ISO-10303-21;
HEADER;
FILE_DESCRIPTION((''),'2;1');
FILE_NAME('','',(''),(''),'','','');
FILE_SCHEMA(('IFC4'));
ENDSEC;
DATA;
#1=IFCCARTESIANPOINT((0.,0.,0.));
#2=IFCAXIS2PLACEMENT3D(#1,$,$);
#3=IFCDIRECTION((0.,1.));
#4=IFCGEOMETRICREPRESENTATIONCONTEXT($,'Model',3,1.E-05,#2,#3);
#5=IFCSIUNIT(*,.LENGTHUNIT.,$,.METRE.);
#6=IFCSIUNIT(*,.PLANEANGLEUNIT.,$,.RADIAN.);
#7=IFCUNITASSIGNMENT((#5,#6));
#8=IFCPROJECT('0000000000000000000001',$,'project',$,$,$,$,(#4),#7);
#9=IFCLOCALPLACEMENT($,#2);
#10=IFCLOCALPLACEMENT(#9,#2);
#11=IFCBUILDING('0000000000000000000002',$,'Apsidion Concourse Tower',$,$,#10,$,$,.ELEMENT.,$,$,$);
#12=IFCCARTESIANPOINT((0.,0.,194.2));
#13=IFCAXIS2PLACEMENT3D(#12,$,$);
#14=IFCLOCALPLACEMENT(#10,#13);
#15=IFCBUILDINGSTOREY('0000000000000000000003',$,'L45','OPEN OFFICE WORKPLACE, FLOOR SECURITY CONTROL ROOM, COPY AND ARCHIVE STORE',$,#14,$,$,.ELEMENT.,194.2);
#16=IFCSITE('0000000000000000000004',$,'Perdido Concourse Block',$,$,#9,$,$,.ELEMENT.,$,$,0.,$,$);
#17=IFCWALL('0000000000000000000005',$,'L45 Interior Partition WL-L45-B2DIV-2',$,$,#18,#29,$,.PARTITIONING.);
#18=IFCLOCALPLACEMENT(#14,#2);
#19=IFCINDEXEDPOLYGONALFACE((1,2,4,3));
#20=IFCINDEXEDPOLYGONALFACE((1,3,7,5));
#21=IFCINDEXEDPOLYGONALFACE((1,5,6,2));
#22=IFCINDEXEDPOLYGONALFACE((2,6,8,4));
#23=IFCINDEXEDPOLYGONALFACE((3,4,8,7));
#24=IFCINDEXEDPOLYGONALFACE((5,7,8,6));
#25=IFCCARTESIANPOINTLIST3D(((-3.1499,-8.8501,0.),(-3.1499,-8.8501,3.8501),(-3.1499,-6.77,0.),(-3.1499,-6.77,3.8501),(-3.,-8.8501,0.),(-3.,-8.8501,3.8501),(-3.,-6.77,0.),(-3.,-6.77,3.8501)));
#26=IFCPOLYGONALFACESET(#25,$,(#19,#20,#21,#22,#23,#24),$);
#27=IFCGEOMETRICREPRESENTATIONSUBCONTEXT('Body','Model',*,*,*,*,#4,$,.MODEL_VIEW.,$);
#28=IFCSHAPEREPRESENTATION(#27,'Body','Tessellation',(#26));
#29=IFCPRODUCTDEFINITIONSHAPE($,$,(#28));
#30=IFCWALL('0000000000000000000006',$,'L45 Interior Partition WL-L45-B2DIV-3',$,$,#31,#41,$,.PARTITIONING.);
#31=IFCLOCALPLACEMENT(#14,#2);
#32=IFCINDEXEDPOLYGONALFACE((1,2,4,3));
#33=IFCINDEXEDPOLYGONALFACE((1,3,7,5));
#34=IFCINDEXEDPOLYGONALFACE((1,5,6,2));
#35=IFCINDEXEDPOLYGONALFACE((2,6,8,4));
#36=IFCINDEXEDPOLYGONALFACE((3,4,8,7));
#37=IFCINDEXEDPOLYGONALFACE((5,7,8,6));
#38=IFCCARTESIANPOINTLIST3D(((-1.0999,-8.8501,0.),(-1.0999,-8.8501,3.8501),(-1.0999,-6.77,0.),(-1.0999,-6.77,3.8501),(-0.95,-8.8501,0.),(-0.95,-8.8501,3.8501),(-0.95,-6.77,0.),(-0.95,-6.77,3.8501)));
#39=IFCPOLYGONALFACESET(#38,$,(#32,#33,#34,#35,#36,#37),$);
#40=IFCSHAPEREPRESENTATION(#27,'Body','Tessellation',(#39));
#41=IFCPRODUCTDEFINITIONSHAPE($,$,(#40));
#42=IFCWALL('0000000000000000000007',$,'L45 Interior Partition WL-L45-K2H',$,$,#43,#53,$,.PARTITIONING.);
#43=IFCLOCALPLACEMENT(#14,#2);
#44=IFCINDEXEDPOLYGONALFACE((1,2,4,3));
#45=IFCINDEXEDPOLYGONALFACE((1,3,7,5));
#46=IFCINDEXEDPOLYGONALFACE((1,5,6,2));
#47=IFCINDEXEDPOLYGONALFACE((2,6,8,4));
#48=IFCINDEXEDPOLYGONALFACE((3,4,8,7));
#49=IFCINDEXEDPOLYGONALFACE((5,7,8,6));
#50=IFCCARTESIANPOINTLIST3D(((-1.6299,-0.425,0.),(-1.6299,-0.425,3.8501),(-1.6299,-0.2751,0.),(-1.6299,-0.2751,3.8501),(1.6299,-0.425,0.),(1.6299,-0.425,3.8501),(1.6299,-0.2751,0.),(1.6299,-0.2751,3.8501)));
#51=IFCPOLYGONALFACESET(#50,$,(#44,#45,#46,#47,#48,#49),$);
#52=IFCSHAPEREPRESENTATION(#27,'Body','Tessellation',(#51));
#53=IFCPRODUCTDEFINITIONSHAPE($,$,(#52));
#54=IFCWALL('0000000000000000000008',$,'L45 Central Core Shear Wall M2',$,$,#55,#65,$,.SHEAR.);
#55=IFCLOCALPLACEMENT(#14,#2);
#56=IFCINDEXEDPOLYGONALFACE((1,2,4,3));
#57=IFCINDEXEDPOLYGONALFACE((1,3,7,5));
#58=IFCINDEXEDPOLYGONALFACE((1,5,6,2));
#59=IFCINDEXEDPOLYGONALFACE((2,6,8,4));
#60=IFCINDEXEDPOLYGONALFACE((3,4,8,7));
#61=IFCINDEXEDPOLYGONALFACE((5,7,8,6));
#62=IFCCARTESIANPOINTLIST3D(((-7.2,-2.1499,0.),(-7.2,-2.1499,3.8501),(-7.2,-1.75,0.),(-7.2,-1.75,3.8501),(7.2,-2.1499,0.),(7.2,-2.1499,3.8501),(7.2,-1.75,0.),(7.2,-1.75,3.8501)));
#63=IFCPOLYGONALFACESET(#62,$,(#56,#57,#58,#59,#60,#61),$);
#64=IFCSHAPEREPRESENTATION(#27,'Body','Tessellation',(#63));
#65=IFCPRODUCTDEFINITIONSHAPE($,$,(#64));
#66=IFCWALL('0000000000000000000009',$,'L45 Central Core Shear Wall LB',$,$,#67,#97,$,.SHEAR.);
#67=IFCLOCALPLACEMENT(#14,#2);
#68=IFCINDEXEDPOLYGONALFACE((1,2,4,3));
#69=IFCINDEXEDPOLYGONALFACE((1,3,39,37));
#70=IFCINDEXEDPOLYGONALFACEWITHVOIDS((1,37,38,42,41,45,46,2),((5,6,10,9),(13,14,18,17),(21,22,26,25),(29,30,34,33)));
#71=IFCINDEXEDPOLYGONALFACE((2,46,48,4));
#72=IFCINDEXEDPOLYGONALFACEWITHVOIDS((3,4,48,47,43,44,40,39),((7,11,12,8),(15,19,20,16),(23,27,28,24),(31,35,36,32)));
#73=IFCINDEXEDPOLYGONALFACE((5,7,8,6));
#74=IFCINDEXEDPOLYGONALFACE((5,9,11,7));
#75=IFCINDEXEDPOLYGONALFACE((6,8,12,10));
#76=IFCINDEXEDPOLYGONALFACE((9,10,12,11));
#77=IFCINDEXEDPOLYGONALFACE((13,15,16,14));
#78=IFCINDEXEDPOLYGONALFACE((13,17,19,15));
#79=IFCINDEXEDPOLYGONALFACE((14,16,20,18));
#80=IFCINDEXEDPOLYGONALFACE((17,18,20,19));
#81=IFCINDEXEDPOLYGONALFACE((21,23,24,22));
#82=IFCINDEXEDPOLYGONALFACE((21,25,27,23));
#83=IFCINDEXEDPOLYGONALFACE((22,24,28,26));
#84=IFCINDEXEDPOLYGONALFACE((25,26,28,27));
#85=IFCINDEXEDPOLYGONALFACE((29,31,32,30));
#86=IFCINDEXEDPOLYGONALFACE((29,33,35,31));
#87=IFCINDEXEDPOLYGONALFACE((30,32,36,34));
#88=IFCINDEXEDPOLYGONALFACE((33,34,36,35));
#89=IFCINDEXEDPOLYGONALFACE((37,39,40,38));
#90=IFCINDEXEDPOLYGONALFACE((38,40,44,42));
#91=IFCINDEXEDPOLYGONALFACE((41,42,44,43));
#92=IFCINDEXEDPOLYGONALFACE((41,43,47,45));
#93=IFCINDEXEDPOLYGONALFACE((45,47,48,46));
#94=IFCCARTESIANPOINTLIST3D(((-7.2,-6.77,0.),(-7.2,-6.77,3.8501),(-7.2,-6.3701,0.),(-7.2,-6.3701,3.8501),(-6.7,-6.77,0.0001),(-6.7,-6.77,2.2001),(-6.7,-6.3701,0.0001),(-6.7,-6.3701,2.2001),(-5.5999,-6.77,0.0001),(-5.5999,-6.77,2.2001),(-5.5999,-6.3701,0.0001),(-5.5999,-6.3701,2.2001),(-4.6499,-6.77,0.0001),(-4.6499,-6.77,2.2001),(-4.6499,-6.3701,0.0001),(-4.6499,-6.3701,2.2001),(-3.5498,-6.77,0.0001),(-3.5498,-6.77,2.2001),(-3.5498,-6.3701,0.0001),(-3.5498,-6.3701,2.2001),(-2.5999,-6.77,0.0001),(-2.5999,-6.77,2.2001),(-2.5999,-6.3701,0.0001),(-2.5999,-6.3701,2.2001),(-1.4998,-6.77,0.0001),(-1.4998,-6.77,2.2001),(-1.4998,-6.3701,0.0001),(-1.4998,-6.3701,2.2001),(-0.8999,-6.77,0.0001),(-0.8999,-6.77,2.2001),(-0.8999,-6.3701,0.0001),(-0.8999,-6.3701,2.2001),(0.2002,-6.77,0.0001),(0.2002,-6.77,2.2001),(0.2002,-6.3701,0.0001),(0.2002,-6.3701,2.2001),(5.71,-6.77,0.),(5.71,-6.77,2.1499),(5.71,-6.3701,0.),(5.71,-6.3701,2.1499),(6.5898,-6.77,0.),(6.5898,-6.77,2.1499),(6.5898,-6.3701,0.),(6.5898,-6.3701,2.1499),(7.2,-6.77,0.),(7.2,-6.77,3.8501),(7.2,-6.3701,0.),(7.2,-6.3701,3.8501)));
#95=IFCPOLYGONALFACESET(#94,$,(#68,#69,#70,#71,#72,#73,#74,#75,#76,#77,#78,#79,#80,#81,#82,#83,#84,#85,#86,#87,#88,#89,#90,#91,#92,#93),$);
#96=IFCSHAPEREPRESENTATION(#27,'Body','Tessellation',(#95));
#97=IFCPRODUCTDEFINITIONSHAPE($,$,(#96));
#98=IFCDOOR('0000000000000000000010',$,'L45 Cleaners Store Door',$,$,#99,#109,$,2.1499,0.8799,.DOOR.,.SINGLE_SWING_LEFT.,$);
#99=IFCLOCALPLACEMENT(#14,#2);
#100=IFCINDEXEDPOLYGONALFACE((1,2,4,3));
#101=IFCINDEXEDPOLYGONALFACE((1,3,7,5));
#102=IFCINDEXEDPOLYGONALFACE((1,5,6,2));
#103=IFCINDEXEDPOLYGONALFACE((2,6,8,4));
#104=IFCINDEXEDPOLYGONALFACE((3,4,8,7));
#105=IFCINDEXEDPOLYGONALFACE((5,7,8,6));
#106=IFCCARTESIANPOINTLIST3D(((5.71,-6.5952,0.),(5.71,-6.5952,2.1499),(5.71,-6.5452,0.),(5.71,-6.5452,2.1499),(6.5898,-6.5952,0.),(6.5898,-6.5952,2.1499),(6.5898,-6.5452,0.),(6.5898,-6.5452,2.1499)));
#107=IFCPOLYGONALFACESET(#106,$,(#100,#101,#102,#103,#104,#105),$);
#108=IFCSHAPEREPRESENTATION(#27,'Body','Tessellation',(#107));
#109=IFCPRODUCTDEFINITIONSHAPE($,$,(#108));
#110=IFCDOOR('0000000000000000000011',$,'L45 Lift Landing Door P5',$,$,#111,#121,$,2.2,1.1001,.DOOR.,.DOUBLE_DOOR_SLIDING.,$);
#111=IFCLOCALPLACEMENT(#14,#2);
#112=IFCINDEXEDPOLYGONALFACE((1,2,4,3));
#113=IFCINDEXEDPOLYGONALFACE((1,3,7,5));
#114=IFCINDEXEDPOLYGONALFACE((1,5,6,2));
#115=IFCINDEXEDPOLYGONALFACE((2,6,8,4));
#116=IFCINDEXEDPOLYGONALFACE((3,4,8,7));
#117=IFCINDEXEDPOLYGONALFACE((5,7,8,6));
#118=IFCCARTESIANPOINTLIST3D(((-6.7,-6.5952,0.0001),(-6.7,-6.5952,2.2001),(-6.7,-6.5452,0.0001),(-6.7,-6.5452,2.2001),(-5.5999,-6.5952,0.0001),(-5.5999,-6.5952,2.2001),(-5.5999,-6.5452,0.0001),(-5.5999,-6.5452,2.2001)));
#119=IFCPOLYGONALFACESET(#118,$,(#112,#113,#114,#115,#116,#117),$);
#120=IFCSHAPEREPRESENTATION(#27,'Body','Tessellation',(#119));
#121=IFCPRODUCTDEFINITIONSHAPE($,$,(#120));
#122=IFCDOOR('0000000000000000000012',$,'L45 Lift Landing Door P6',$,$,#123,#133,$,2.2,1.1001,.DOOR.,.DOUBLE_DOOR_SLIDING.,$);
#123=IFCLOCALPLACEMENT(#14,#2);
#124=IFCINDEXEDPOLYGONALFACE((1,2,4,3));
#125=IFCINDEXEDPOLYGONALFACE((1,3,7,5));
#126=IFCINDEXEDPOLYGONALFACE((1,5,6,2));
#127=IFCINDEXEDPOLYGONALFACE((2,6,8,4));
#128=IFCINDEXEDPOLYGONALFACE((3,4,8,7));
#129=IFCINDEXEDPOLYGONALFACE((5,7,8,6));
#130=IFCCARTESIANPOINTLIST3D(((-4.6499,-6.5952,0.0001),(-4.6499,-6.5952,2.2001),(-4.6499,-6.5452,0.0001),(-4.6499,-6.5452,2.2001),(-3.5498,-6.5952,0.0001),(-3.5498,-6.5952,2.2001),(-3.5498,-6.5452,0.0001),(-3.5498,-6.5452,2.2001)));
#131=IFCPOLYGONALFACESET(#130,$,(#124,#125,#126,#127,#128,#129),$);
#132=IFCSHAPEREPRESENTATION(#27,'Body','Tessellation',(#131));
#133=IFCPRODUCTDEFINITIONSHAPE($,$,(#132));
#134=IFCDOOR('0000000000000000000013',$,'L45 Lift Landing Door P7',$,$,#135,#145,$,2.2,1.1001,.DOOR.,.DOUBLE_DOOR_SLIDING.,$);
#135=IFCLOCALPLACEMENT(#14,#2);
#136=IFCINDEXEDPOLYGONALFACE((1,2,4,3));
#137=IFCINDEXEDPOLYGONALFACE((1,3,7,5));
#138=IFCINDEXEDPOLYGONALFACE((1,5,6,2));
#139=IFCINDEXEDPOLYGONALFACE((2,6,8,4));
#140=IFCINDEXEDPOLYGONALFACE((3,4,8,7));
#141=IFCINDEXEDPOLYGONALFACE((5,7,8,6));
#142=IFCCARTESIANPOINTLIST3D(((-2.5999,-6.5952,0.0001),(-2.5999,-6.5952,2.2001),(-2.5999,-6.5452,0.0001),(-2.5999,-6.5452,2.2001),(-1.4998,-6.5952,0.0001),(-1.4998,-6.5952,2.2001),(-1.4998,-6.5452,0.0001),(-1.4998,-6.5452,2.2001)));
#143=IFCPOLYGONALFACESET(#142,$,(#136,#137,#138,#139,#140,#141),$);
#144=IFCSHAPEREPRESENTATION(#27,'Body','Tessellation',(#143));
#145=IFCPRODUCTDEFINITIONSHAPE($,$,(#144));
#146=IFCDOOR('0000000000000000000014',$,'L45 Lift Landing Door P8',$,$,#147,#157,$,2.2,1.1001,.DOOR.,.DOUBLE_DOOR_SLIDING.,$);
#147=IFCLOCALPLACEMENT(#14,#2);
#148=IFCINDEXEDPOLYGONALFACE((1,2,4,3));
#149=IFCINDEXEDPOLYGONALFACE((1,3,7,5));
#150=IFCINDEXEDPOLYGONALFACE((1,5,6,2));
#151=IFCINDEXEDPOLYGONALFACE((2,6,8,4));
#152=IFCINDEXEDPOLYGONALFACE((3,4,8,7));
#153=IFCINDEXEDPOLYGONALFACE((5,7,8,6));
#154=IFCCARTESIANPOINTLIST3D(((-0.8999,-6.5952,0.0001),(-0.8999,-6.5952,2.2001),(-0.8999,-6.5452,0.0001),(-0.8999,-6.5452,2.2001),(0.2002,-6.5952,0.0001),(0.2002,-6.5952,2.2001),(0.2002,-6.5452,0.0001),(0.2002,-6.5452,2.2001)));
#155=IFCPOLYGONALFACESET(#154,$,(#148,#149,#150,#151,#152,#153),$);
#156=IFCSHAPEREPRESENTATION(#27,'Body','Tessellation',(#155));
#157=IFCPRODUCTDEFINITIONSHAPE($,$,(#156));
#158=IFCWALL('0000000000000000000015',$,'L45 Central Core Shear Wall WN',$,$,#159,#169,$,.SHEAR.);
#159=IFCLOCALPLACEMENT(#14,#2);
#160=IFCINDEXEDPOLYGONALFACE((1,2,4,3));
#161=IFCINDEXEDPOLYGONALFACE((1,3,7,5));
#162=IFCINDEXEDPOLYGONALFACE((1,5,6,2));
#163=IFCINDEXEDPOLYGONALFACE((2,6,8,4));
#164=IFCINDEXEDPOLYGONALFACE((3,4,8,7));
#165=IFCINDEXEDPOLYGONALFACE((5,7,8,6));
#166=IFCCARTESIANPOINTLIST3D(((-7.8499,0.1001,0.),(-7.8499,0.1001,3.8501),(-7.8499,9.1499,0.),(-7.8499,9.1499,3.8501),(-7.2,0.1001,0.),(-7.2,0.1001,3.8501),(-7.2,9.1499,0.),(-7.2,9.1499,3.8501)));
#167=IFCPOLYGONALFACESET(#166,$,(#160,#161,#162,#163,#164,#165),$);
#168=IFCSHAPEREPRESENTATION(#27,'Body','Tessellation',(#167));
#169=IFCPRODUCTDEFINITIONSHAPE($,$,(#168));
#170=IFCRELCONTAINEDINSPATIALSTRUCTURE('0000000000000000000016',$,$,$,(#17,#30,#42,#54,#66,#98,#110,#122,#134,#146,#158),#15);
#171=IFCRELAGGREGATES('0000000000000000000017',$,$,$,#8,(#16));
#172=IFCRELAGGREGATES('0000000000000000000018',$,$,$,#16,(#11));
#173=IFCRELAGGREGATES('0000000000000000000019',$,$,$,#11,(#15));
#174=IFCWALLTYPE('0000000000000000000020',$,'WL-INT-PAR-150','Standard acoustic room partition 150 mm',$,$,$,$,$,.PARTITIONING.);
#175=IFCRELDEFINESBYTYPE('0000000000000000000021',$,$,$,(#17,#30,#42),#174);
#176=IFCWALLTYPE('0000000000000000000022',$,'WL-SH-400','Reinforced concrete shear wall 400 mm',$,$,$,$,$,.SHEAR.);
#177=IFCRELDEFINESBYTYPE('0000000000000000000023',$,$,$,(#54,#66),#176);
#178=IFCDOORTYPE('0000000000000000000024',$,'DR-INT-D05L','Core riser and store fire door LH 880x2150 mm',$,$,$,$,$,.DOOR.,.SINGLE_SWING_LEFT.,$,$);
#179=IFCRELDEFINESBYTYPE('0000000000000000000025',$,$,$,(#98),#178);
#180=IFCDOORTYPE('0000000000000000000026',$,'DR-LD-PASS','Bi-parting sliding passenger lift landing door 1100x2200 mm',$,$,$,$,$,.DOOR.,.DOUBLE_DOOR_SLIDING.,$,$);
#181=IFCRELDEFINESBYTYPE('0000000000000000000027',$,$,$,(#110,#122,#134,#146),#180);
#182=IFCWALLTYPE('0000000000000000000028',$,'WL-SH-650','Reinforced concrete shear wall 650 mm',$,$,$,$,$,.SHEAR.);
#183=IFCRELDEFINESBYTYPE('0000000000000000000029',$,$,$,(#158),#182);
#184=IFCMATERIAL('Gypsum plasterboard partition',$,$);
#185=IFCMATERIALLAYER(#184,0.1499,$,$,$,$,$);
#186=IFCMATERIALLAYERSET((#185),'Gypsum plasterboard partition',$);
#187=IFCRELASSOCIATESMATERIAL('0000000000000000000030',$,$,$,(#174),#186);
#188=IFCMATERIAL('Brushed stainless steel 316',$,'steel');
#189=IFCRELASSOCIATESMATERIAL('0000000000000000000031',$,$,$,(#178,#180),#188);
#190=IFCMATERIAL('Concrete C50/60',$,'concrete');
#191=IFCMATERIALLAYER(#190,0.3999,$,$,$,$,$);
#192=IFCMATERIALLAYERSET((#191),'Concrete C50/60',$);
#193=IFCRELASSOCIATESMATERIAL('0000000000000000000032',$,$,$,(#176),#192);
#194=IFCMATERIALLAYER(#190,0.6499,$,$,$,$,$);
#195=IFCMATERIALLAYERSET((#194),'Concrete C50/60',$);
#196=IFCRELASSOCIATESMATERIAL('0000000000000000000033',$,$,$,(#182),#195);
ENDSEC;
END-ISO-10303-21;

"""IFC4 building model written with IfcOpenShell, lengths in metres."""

from ifc_helpers import new_model, si_unit, direction, frame, frame_2d, origin, place, context, subcontext, project, spatial, rectangle, extrude, material, layer, layer_set, type_object, element, fill, save


model = new_model("IFC4")

# Units and contexts
model_context = context("Model", 3, precision=1e-05, world=origin(), true_north=direction((0.0, 1.0)))
body_context = subcontext(model_context, "Body", "Model", "MODEL_VIEW")
ifc_project = project(units=[si_unit("LENGTHUNIT", "METRE"), si_unit("PLANEANGLEUNIT", "RADIAN")], contexts=[model_context])

# Site, building, storey
site_placement = place(None, origin())
site = spatial("IfcSite", under=ifc_project, at=site_placement, Name="Perdido Concourse Block", CompositionType="ELEMENT", RefElevation=0.0)
building_placement = place(site_placement, origin())
building = spatial("IfcBuilding", under=site, at=building_placement, Name="Apsidion Concourse Tower", CompositionType="ELEMENT")
storey_placement = place(building_placement, frame((0.0, 0.0, 194.2)))
storey = spatial("IfcBuildingStorey", under=building, at=storey_placement, Name="L45", Description="OPEN OFFICE WORKPLACE, FLOOR SECURITY CONTROL ROOM, COPY AND ARCHIVE STORE", CompositionType="ELEMENT", Elevation=194.2)

# Shared definitions
ifc_material_1 = material(Name="Concrete C50/60", Category="concrete")

# Walls
ifc_material_2 = material(Name="Gypsum plasterboard partition")
ifc_layer_1 = layer(ifc_material_2, 0.1499)
ifc_layer_set_1 = layer_set([ifc_layer_1], Name="Gypsum plasterboard partition")
wall_type_1 = type_object("IfcWallType", Name="WL-INT-PAR-150", Description="Standard acoustic room partition 150 mm", PredefinedType="PARTITIONING", material=ifc_layer_set_1)
for number, where, z_axis, x_axis, name in (
    (1, (-3.075, -8.8501, 0.0), (0.0, 0.0, 1.0), (0.0, 1.0, 0.0), "L45 Interior Partition WL-L45-B2DIV-2"),
    (2, (-1.0249, -8.8501, 0.0), (0.0, 0.0, 1.0), (0.0, 1.0, 0.0), "L45 Interior Partition WL-L45-B2DIV-3"),
):
    element("IfcWall", number, at=place(storey_placement, frame(where, z_axis=z_axis, x_axis=x_axis)), inside=storey, type_object=wall_type_1, Name=name, PredefinedType="PARTITIONING", context=body_context, shape_type="SweptSolid", body=[
        extrude(rectangle(XDim=2.0801, YDim=0.1499, at=frame_2d((1.04, 0.0))), origin(), (0.0, 0.0, 1.0), 3.8501),
    ])
wall_1_placement = place(storey_placement, frame((-1.6299, -0.3501, 0.0), z_axis=(0.0, 0.0, 1.0), x_axis=(1.0, 0.0, 0.0)))
element("IfcWall", 3, at=wall_1_placement, inside=storey, type_object=wall_type_1, Name="L45 Interior Partition WL-L45-K2H", PredefinedType="PARTITIONING", context=body_context, shape_type="SweptSolid", body=[
    extrude(rectangle(XDim=3.2598, YDim=0.1499, at=frame_2d((1.6299, 0.0))), origin(), (0.0, 0.0, 1.0), 3.8501),
])

# Shared definitions
ifc_material_3 = material(Name="Brushed stainless steel 316", Category="steel")
door_type_1 = type_object("IfcDoorType", Name="DR-INT-D05L", Description="Core riser and store fire door LH 880x2150 mm", OperationType="SINGLE_SWING_LEFT", PredefinedType="DOOR", material=ifc_material_3)

# Wall
ifc_layer_2 = layer(ifc_material_1, 0.3999)
ifc_layer_set_2 = layer_set([ifc_layer_2], Name="Concrete C50/60")
wall_type_2 = type_object("IfcWallType", Name="WL-SH-400", Description="Reinforced concrete shear wall 400 mm", PredefinedType="SHEAR", material=ifc_layer_set_2)
wall_2_placement = place(storey_placement, frame((-7.2, -1.95, 0.0), z_axis=(0.0, 0.0, 1.0), x_axis=(1.0, 0.0, 0.0)))
element("IfcWall", 4, at=wall_2_placement, inside=storey, type_object=wall_type_2, Name="L45 Central Core Shear Wall M2", PredefinedType="SHEAR", context=body_context, shape_type="SweptSolid", body=[
    extrude(rectangle(XDim=14.3999, YDim=0.3999, at=frame_2d((7.2, 0.0))), origin(), (0.0, 0.0, 1.0), 3.8501),
])

# Wall, openings, doors
wall_3_placement = place(storey_placement, frame((-7.2, -6.5701, 0.0), z_axis=(0.0, 0.0, 1.0), x_axis=(1.0, 0.0, 0.0)))
wall_3 = element("IfcWall", 5, at=wall_3_placement, inside=storey, type_object=wall_type_2, Name="L45 Central Core Shear Wall LB", PredefinedType="SHEAR", context=body_context, shape_type="SweptSolid", body=[
    extrude(rectangle(XDim=14.3999, YDim=0.3999, at=frame_2d((7.2, 0.0))), origin(), (0.0, 0.0, 1.0), 3.8501),
])
opening_1_placement = place(wall_3_placement, frame((0.5, 0.0, 0.0)))
opening_1 = element("IfcOpeningElement", 6, at=opening_1_placement, cuts=wall_3, PredefinedType="OPENING", context=body_context, shape_type="SweptSolid", body=[
    extrude(rectangle(XDim=1.1001, YDim=2.2, at=frame_2d((0.55, 1.1001))), frame((0.0, 0.21, 0.0), z_axis=(0.0, -1.0, 0.0), x_axis=(1.0, 0.0, 0.0)), (0.0, 0.0, 1.0), 0.4199),
])
opening_2_placement = place(wall_3_placement, frame((2.55, 0.0, 0.0)))
opening_2 = element("IfcOpeningElement", 7, at=opening_2_placement, cuts=wall_3, PredefinedType="OPENING", context=body_context, shape_type="SweptSolid", body=[
    extrude(rectangle(XDim=1.1001, YDim=2.2, at=frame_2d((0.55, 1.1001))), frame((0.0, 0.21, 0.0), z_axis=(0.0, -1.0, 0.0), x_axis=(1.0, 0.0, 0.0)), (0.0, 0.0, 1.0), 0.4199),
])
opening_3_placement = place(wall_3_placement, frame((4.6001, 0.0, 0.0)))
opening_3 = element("IfcOpeningElement", 8, at=opening_3_placement, cuts=wall_3, PredefinedType="OPENING", context=body_context, shape_type="SweptSolid", body=[
    extrude(rectangle(XDim=1.1001, YDim=2.2, at=frame_2d((0.55, 1.1001))), frame((0.0, 0.21, 0.0), z_axis=(0.0, -1.0, 0.0), x_axis=(1.0, 0.0, 0.0)), (0.0, 0.0, 1.0), 0.4199),
])
opening_4_placement = place(wall_3_placement, frame((6.3, 0.0, 0.0)))
opening_4 = element("IfcOpeningElement", 9, at=opening_4_placement, cuts=wall_3, PredefinedType="OPENING", context=body_context, shape_type="SweptSolid", body=[
    extrude(rectangle(XDim=1.1001, YDim=2.2, at=frame_2d((0.55, 1.1001))), frame((0.0, 0.21, 0.0), z_axis=(0.0, -1.0, 0.0), x_axis=(1.0, 0.0, 0.0)), (0.0, 0.0, 1.0), 0.4199),
])
opening_5_placement = place(wall_3_placement, frame((12.9099, 0.0, 0.0)))
opening_5 = element("IfcOpeningElement", 10, at=opening_5_placement, cuts=wall_3, PredefinedType="OPENING", context=body_context, shape_type="SweptSolid", body=[
    extrude(rectangle(XDim=0.8799, YDim=2.1499, at=frame_2d((0.4399, 1.075))), frame((0.0, 0.21, 0.0), z_axis=(0.0, -1.0, 0.0), x_axis=(1.0, 0.0, 0.0)), (0.0, 0.0, 1.0), 0.4199),
])
door_1_placement = place(opening_5_placement, origin())
door_1 = element("IfcDoor", 11, at=door_1_placement, inside=storey, type_object=door_type_1, Name="L45 Cleaners Store Door", OperationType="SINGLE_SWING_LEFT", OverallHeight=2.1499, OverallWidth=0.8799, PredefinedType="DOOR", context=body_context, shape_type="SweptSolid", body=[
    extrude(rectangle(XDim=0.8799, YDim=2.1499, at=frame_2d((0.4399, 1.075))), frame((0.0, 0.0249, 0.0), z_axis=(0.0, -1.0, 0.0), x_axis=(1.0, 0.0, 0.0)), (0.0, 0.0, 1.0), 0.05),
])
fill(opening_5, door_1)
door_type_2 = type_object("IfcDoorType", Name="DR-LD-PASS", Description="Bi-parting sliding passenger lift landing door 1100x2200 mm", OperationType="DOUBLE_DOOR_SLIDING", PredefinedType="DOOR", material=ifc_material_3)
door_2_placement = place(opening_1_placement, origin())
door_2 = element("IfcDoor", 12, at=door_2_placement, inside=storey, type_object=door_type_2, Name="L45 Lift Landing Door P5", OperationType="DOUBLE_DOOR_SLIDING", OverallHeight=2.2, OverallWidth=1.1001, PredefinedType="DOOR", context=body_context, shape_type="SweptSolid", body=[
    extrude(rectangle(XDim=1.1001, YDim=2.2, at=frame_2d((0.55, 1.1001))), frame((0.0, 0.0249, 0.0), z_axis=(0.0, -1.0, 0.0), x_axis=(1.0, 0.0, 0.0)), (0.0, 0.0, 1.0), 0.05),
])
fill(opening_1, door_2)
door_3_placement = place(opening_2_placement, origin())
door_3 = element("IfcDoor", 13, at=door_3_placement, inside=storey, type_object=door_type_2, Name="L45 Lift Landing Door P6", OperationType="DOUBLE_DOOR_SLIDING", OverallHeight=2.2, OverallWidth=1.1001, PredefinedType="DOOR", context=body_context, shape_type="SweptSolid", body=[
    extrude(rectangle(XDim=1.1001, YDim=2.2, at=frame_2d((0.55, 1.1001))), frame((0.0, 0.0249, 0.0), z_axis=(0.0, -1.0, 0.0), x_axis=(1.0, 0.0, 0.0)), (0.0, 0.0, 1.0), 0.05),
])
fill(opening_2, door_3)
door_4_placement = place(opening_3_placement, origin())
door_4 = element("IfcDoor", 14, at=door_4_placement, inside=storey, type_object=door_type_2, Name="L45 Lift Landing Door P7", OperationType="DOUBLE_DOOR_SLIDING", OverallHeight=2.2, OverallWidth=1.1001, PredefinedType="DOOR", context=body_context, shape_type="SweptSolid", body=[
    extrude(rectangle(XDim=1.1001, YDim=2.2, at=frame_2d((0.55, 1.1001))), frame((0.0, 0.0249, 0.0), z_axis=(0.0, -1.0, 0.0), x_axis=(1.0, 0.0, 0.0)), (0.0, 0.0, 1.0), 0.05),
])
fill(opening_3, door_4)
door_5_placement = place(opening_4_placement, origin())
door_5 = element("IfcDoor", 15, at=door_5_placement, inside=storey, type_object=door_type_2, Name="L45 Lift Landing Door P8", OperationType="DOUBLE_DOOR_SLIDING", OverallHeight=2.2, OverallWidth=1.1001, PredefinedType="DOOR", context=body_context, shape_type="SweptSolid", body=[
    extrude(rectangle(XDim=1.1001, YDim=2.2, at=frame_2d((0.55, 1.1001))), frame((0.0, 0.0249, 0.0), z_axis=(0.0, -1.0, 0.0), x_axis=(1.0, 0.0, 0.0)), (0.0, 0.0, 1.0), 0.05),
])
fill(opening_4, door_5)

# Wall
ifc_layer_3 = layer(ifc_material_1, 0.6499)
ifc_layer_set_3 = layer_set([ifc_layer_3], Name="Concrete C50/60")
wall_type_3 = type_object("IfcWallType", Name="WL-SH-650", Description="Reinforced concrete shear wall 650 mm", PredefinedType="SHEAR", material=ifc_layer_set_3)
wall_4_placement = place(storey_placement, frame((-7.5249, 0.1001, 0.0), z_axis=(0.0, 0.0, 1.0), x_axis=(0.0, 1.0, 0.0)))
element("IfcWall", 16, at=wall_4_placement, inside=storey, type_object=wall_type_3, Name="L45 Central Core Shear Wall WN", PredefinedType="SHEAR", context=body_context, shape_type="SweptSolid", body=[
    extrude(rectangle(XDim=9.0498, YDim=0.6499, at=frame_2d((4.5249, 0.0))), origin(), (0.0, 0.0, 1.0), 3.8501),
])

save(model, "model.ifc")
